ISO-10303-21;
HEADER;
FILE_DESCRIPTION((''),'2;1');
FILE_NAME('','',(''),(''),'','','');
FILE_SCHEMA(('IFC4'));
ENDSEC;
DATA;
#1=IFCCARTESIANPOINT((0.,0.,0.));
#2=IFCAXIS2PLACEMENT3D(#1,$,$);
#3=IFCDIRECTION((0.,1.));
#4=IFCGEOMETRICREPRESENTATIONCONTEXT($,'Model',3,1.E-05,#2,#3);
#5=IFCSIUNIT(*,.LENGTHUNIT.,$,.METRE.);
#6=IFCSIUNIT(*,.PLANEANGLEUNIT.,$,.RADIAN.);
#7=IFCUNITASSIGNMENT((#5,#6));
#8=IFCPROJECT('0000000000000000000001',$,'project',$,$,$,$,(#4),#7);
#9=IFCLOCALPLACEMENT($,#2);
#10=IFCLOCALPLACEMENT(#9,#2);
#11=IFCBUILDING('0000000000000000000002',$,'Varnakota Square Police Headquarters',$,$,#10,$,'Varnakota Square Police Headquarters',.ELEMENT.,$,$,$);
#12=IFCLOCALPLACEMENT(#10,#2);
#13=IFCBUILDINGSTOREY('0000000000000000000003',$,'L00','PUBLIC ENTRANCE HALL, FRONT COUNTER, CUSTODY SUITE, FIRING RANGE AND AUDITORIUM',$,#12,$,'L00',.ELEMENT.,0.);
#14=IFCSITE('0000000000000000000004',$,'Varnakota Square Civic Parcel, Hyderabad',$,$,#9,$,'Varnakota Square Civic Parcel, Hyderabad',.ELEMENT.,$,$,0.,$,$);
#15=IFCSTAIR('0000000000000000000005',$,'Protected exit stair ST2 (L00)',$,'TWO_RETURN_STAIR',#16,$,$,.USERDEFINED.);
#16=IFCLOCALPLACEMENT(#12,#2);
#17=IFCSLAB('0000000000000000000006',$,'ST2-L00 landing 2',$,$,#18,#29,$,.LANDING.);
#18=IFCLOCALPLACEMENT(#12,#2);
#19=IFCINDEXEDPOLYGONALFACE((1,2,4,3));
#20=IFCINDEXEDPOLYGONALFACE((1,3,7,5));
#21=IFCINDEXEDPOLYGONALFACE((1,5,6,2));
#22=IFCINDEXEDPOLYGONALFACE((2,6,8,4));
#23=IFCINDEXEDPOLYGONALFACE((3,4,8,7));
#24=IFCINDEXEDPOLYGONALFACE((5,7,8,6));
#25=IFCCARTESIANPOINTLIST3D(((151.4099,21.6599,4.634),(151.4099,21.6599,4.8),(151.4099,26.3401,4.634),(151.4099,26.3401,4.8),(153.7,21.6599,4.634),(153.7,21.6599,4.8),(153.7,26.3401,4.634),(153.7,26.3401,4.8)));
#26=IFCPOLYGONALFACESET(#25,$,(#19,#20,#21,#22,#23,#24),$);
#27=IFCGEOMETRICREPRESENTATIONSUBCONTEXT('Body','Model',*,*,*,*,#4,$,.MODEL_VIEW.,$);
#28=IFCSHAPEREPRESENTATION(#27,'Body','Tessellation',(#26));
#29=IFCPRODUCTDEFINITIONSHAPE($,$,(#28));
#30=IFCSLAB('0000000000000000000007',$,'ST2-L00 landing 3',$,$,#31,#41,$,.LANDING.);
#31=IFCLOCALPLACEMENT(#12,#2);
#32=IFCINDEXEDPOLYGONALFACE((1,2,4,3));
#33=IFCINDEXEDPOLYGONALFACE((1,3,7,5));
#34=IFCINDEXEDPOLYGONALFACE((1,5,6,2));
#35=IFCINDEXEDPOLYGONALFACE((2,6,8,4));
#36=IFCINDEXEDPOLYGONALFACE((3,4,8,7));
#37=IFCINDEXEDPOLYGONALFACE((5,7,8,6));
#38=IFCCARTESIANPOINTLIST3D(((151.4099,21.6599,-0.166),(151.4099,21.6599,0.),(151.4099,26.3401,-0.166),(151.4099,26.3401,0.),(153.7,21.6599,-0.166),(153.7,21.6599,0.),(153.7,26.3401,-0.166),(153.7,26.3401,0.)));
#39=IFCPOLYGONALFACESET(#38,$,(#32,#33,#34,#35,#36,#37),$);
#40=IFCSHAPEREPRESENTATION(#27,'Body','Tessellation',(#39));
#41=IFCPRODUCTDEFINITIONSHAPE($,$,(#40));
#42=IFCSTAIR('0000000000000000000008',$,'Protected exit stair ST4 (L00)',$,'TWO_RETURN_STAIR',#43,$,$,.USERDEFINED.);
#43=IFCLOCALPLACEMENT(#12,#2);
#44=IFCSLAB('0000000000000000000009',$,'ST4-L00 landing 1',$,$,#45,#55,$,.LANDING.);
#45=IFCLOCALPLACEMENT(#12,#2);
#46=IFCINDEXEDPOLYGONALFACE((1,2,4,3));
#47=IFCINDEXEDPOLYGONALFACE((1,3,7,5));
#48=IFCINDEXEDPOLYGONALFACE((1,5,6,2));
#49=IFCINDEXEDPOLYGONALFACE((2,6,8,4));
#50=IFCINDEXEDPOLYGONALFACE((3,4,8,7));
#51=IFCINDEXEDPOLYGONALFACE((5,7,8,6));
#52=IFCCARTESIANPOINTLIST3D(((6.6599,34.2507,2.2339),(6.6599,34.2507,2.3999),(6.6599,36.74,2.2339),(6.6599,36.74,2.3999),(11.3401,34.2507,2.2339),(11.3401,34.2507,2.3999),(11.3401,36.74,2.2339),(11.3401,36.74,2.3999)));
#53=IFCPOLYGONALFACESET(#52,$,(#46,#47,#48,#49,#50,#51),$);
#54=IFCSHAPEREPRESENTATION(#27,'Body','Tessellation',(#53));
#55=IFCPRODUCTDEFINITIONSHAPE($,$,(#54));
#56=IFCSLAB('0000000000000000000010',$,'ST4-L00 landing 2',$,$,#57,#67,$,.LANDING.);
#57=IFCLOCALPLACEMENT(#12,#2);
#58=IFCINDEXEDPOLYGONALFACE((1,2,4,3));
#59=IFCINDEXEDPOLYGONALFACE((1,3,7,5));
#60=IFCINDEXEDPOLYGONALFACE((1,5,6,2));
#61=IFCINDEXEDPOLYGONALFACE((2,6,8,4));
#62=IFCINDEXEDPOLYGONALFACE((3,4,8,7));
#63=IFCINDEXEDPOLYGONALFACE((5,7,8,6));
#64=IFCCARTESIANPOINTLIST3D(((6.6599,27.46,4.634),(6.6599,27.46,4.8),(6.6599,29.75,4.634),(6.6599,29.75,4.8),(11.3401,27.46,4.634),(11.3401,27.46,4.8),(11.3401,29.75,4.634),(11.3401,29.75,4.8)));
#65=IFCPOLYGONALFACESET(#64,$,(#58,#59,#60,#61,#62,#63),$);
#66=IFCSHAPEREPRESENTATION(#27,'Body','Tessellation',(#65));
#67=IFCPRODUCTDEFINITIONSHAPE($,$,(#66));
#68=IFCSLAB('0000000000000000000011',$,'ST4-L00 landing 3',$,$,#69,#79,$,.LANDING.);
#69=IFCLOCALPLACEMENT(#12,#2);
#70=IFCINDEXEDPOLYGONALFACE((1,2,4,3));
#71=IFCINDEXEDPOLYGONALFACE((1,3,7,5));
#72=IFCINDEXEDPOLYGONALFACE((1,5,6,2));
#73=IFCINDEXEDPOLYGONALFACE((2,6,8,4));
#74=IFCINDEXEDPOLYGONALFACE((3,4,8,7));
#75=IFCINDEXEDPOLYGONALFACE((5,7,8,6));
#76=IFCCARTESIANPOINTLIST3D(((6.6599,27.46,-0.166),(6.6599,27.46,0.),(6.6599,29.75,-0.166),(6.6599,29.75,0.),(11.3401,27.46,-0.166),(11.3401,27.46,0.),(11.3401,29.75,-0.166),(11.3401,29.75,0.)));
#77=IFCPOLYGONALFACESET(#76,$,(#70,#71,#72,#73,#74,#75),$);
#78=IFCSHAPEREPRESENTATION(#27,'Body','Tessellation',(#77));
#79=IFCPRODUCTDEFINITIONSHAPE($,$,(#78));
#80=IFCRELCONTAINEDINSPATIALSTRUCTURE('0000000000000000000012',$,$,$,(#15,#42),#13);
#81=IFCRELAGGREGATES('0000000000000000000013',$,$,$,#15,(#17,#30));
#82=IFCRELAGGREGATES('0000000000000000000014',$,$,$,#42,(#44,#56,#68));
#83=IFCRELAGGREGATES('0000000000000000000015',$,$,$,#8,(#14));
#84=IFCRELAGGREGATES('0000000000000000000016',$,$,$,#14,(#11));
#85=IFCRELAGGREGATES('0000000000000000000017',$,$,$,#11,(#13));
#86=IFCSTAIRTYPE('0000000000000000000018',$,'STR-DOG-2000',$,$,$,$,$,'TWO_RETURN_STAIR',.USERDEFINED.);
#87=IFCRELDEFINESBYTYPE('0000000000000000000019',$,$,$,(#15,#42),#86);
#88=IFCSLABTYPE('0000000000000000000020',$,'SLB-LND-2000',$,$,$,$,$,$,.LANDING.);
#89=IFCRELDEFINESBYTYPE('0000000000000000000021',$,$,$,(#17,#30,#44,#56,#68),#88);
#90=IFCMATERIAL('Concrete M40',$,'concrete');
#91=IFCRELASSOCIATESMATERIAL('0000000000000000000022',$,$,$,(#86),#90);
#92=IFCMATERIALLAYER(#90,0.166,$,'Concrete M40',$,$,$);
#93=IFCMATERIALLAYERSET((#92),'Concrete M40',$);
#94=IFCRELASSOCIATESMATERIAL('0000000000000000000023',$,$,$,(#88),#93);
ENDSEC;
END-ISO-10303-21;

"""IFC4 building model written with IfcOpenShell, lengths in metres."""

from ifc_helpers import new_model, si_unit, direction, frame, origin, place, context, subcontext, project, spatial, polyline, outline, extrude, material, layer, layer_set, type_object, element, aggregate, save


model = new_model("IFC4")

# Units and contexts
model_context = context("Model", 3, precision=1e-05, world=origin(), true_north=direction((0.0, 1.0)))
body_context = subcontext(model_context, "Body", "Model", "MODEL_VIEW")
ifc_project = project(units=[si_unit("LENGTHUNIT", "METRE"), si_unit("PLANEANGLEUNIT", "RADIAN")], contexts=[model_context])

# Site, building, storey
site_placement = place(None, origin())
site = spatial("IfcSite", under=ifc_project, at=site_placement, Name="Varnakota Square Civic Parcel, Hyderabad", LongName="Varnakota Square Civic Parcel, Hyderabad", CompositionType="ELEMENT", RefElevation=0.0)
building_placement = place(site_placement, origin())
building = spatial("IfcBuilding", under=site, at=building_placement, Name="Varnakota Square Police Headquarters", LongName="Varnakota Square Police Headquarters", CompositionType="ELEMENT")
storey_placement = place(building_placement, origin())
storey = spatial("IfcBuildingStorey", under=building, at=storey_placement, Name="L00", Description="PUBLIC ENTRANCE HALL, FRONT COUNTER, CUSTODY SUITE, FIRING RANGE AND AUDITORIUM", LongName="L00", CompositionType="ELEMENT", Elevation=0.0)

# Shared definitions
ifc_material = material(Name="Concrete M40", Category="concrete")

# Stairs, slabs
stair_type_1 = type_object("IfcStairType", Name="STR-DOG-2000", ElementType="TWO_RETURN_STAIR", PredefinedType="USERDEFINED", material=ifc_material)
ifc_layer_1 = layer(ifc_material, 0.166, Name="Concrete M40")
ifc_layer_set_1 = layer_set([ifc_layer_1], Name="Concrete M40")
slab_type_1 = type_object("IfcSlabType", Name="SLB-LND-2000", PredefinedType="LANDING", material=ifc_layer_set_1)
stair_1_placement = place(storey_placement, origin())
stair_1 = element("IfcStair", 1, at=stair_1_placement, inside=storey, type_object=stair_type_1, Name="Protected exit stair ST2 (L00)", ObjectType="TWO_RETURN_STAIR", PredefinedType="USERDEFINED")
slab_1_placement = place(storey_placement, frame((0.0, 0.0, 4.634)))
slab_1 = element("IfcSlab", 2, at=slab_1_placement, type_object=slab_type_1, Name="ST2-L00 landing 2", PredefinedType="LANDING", context=body_context, shape_type="SweptSolid", body=[
    extrude(outline(polyline([(151.4099, 21.6599), (153.7, 21.6599), (153.7, 26.3401), (151.4099, 26.3401), (151.4099, 21.6599)])), origin(), (0.0, 0.0, 1.0), 0.166),
])
slab_2_placement = place(storey_placement, frame((0.0, 0.0, -0.166)))
slab_2 = element("IfcSlab", 3, at=slab_2_placement, type_object=slab_type_1, Name="ST2-L00 landing 3", PredefinedType="LANDING", context=body_context, shape_type="SweptSolid", body=[
    extrude(outline(polyline([(151.4099, 21.6599), (153.7, 21.6599), (153.7, 26.3401), (151.4099, 26.3401), (151.4099, 21.6599)])), origin(), (0.0, 0.0, 1.0), 0.166),
])
aggregate(stair_1, [slab_1, slab_2])
stair_2_placement = place(storey_placement, origin())
stair_2 = element("IfcStair", 4, at=stair_2_placement, inside=storey, type_object=stair_type_1, Name="Protected exit stair ST4 (L00)", ObjectType="TWO_RETURN_STAIR", PredefinedType="USERDEFINED")
slab_3_placement = place(storey_placement, frame((0.0, 0.0, 2.2339)))
slab_3 = element("IfcSlab", 5, at=slab_3_placement, type_object=slab_type_1, Name="ST4-L00 landing 1", PredefinedType="LANDING", context=body_context, shape_type="SweptSolid", body=[
    extrude(outline(polyline([(6.6599, 34.2507), (11.3401, 34.2507), (11.3401, 36.74), (6.6599, 36.74), (6.6599, 34.2507)])), origin(), (0.0, 0.0, 1.0), 0.166),
])
slab_4_placement = place(storey_placement, frame((0.0, 0.0, 4.634)))
slab_4 = element("IfcSlab", 6, at=slab_4_placement, type_object=slab_type_1, Name="ST4-L00 landing 2", PredefinedType="LANDING", context=body_context, shape_type="SweptSolid", body=[
    extrude(outline(polyline([(6.6599, 27.46), (11.3401, 27.46), (11.3401, 29.75), (6.6599, 29.75), (6.6599, 27.46)])), origin(), (0.0, 0.0, 1.0), 0.166),
])
slab_5_placement = place(storey_placement, frame((0.0, 0.0, -0.166)))
slab_5 = element("IfcSlab", 7, at=slab_5_placement, type_object=slab_type_1, Name="ST4-L00 landing 3", PredefinedType="LANDING", context=body_context, shape_type="SweptSolid", body=[
    extrude(outline(polyline([(6.6599, 27.46), (11.3401, 27.46), (11.3401, 29.75), (6.6599, 29.75), (6.6599, 27.46)])), origin(), (0.0, 0.0, 1.0), 0.166),
])
aggregate(stair_2, [slab_3, slab_4, slab_5])

save(model, "model.ifc")
